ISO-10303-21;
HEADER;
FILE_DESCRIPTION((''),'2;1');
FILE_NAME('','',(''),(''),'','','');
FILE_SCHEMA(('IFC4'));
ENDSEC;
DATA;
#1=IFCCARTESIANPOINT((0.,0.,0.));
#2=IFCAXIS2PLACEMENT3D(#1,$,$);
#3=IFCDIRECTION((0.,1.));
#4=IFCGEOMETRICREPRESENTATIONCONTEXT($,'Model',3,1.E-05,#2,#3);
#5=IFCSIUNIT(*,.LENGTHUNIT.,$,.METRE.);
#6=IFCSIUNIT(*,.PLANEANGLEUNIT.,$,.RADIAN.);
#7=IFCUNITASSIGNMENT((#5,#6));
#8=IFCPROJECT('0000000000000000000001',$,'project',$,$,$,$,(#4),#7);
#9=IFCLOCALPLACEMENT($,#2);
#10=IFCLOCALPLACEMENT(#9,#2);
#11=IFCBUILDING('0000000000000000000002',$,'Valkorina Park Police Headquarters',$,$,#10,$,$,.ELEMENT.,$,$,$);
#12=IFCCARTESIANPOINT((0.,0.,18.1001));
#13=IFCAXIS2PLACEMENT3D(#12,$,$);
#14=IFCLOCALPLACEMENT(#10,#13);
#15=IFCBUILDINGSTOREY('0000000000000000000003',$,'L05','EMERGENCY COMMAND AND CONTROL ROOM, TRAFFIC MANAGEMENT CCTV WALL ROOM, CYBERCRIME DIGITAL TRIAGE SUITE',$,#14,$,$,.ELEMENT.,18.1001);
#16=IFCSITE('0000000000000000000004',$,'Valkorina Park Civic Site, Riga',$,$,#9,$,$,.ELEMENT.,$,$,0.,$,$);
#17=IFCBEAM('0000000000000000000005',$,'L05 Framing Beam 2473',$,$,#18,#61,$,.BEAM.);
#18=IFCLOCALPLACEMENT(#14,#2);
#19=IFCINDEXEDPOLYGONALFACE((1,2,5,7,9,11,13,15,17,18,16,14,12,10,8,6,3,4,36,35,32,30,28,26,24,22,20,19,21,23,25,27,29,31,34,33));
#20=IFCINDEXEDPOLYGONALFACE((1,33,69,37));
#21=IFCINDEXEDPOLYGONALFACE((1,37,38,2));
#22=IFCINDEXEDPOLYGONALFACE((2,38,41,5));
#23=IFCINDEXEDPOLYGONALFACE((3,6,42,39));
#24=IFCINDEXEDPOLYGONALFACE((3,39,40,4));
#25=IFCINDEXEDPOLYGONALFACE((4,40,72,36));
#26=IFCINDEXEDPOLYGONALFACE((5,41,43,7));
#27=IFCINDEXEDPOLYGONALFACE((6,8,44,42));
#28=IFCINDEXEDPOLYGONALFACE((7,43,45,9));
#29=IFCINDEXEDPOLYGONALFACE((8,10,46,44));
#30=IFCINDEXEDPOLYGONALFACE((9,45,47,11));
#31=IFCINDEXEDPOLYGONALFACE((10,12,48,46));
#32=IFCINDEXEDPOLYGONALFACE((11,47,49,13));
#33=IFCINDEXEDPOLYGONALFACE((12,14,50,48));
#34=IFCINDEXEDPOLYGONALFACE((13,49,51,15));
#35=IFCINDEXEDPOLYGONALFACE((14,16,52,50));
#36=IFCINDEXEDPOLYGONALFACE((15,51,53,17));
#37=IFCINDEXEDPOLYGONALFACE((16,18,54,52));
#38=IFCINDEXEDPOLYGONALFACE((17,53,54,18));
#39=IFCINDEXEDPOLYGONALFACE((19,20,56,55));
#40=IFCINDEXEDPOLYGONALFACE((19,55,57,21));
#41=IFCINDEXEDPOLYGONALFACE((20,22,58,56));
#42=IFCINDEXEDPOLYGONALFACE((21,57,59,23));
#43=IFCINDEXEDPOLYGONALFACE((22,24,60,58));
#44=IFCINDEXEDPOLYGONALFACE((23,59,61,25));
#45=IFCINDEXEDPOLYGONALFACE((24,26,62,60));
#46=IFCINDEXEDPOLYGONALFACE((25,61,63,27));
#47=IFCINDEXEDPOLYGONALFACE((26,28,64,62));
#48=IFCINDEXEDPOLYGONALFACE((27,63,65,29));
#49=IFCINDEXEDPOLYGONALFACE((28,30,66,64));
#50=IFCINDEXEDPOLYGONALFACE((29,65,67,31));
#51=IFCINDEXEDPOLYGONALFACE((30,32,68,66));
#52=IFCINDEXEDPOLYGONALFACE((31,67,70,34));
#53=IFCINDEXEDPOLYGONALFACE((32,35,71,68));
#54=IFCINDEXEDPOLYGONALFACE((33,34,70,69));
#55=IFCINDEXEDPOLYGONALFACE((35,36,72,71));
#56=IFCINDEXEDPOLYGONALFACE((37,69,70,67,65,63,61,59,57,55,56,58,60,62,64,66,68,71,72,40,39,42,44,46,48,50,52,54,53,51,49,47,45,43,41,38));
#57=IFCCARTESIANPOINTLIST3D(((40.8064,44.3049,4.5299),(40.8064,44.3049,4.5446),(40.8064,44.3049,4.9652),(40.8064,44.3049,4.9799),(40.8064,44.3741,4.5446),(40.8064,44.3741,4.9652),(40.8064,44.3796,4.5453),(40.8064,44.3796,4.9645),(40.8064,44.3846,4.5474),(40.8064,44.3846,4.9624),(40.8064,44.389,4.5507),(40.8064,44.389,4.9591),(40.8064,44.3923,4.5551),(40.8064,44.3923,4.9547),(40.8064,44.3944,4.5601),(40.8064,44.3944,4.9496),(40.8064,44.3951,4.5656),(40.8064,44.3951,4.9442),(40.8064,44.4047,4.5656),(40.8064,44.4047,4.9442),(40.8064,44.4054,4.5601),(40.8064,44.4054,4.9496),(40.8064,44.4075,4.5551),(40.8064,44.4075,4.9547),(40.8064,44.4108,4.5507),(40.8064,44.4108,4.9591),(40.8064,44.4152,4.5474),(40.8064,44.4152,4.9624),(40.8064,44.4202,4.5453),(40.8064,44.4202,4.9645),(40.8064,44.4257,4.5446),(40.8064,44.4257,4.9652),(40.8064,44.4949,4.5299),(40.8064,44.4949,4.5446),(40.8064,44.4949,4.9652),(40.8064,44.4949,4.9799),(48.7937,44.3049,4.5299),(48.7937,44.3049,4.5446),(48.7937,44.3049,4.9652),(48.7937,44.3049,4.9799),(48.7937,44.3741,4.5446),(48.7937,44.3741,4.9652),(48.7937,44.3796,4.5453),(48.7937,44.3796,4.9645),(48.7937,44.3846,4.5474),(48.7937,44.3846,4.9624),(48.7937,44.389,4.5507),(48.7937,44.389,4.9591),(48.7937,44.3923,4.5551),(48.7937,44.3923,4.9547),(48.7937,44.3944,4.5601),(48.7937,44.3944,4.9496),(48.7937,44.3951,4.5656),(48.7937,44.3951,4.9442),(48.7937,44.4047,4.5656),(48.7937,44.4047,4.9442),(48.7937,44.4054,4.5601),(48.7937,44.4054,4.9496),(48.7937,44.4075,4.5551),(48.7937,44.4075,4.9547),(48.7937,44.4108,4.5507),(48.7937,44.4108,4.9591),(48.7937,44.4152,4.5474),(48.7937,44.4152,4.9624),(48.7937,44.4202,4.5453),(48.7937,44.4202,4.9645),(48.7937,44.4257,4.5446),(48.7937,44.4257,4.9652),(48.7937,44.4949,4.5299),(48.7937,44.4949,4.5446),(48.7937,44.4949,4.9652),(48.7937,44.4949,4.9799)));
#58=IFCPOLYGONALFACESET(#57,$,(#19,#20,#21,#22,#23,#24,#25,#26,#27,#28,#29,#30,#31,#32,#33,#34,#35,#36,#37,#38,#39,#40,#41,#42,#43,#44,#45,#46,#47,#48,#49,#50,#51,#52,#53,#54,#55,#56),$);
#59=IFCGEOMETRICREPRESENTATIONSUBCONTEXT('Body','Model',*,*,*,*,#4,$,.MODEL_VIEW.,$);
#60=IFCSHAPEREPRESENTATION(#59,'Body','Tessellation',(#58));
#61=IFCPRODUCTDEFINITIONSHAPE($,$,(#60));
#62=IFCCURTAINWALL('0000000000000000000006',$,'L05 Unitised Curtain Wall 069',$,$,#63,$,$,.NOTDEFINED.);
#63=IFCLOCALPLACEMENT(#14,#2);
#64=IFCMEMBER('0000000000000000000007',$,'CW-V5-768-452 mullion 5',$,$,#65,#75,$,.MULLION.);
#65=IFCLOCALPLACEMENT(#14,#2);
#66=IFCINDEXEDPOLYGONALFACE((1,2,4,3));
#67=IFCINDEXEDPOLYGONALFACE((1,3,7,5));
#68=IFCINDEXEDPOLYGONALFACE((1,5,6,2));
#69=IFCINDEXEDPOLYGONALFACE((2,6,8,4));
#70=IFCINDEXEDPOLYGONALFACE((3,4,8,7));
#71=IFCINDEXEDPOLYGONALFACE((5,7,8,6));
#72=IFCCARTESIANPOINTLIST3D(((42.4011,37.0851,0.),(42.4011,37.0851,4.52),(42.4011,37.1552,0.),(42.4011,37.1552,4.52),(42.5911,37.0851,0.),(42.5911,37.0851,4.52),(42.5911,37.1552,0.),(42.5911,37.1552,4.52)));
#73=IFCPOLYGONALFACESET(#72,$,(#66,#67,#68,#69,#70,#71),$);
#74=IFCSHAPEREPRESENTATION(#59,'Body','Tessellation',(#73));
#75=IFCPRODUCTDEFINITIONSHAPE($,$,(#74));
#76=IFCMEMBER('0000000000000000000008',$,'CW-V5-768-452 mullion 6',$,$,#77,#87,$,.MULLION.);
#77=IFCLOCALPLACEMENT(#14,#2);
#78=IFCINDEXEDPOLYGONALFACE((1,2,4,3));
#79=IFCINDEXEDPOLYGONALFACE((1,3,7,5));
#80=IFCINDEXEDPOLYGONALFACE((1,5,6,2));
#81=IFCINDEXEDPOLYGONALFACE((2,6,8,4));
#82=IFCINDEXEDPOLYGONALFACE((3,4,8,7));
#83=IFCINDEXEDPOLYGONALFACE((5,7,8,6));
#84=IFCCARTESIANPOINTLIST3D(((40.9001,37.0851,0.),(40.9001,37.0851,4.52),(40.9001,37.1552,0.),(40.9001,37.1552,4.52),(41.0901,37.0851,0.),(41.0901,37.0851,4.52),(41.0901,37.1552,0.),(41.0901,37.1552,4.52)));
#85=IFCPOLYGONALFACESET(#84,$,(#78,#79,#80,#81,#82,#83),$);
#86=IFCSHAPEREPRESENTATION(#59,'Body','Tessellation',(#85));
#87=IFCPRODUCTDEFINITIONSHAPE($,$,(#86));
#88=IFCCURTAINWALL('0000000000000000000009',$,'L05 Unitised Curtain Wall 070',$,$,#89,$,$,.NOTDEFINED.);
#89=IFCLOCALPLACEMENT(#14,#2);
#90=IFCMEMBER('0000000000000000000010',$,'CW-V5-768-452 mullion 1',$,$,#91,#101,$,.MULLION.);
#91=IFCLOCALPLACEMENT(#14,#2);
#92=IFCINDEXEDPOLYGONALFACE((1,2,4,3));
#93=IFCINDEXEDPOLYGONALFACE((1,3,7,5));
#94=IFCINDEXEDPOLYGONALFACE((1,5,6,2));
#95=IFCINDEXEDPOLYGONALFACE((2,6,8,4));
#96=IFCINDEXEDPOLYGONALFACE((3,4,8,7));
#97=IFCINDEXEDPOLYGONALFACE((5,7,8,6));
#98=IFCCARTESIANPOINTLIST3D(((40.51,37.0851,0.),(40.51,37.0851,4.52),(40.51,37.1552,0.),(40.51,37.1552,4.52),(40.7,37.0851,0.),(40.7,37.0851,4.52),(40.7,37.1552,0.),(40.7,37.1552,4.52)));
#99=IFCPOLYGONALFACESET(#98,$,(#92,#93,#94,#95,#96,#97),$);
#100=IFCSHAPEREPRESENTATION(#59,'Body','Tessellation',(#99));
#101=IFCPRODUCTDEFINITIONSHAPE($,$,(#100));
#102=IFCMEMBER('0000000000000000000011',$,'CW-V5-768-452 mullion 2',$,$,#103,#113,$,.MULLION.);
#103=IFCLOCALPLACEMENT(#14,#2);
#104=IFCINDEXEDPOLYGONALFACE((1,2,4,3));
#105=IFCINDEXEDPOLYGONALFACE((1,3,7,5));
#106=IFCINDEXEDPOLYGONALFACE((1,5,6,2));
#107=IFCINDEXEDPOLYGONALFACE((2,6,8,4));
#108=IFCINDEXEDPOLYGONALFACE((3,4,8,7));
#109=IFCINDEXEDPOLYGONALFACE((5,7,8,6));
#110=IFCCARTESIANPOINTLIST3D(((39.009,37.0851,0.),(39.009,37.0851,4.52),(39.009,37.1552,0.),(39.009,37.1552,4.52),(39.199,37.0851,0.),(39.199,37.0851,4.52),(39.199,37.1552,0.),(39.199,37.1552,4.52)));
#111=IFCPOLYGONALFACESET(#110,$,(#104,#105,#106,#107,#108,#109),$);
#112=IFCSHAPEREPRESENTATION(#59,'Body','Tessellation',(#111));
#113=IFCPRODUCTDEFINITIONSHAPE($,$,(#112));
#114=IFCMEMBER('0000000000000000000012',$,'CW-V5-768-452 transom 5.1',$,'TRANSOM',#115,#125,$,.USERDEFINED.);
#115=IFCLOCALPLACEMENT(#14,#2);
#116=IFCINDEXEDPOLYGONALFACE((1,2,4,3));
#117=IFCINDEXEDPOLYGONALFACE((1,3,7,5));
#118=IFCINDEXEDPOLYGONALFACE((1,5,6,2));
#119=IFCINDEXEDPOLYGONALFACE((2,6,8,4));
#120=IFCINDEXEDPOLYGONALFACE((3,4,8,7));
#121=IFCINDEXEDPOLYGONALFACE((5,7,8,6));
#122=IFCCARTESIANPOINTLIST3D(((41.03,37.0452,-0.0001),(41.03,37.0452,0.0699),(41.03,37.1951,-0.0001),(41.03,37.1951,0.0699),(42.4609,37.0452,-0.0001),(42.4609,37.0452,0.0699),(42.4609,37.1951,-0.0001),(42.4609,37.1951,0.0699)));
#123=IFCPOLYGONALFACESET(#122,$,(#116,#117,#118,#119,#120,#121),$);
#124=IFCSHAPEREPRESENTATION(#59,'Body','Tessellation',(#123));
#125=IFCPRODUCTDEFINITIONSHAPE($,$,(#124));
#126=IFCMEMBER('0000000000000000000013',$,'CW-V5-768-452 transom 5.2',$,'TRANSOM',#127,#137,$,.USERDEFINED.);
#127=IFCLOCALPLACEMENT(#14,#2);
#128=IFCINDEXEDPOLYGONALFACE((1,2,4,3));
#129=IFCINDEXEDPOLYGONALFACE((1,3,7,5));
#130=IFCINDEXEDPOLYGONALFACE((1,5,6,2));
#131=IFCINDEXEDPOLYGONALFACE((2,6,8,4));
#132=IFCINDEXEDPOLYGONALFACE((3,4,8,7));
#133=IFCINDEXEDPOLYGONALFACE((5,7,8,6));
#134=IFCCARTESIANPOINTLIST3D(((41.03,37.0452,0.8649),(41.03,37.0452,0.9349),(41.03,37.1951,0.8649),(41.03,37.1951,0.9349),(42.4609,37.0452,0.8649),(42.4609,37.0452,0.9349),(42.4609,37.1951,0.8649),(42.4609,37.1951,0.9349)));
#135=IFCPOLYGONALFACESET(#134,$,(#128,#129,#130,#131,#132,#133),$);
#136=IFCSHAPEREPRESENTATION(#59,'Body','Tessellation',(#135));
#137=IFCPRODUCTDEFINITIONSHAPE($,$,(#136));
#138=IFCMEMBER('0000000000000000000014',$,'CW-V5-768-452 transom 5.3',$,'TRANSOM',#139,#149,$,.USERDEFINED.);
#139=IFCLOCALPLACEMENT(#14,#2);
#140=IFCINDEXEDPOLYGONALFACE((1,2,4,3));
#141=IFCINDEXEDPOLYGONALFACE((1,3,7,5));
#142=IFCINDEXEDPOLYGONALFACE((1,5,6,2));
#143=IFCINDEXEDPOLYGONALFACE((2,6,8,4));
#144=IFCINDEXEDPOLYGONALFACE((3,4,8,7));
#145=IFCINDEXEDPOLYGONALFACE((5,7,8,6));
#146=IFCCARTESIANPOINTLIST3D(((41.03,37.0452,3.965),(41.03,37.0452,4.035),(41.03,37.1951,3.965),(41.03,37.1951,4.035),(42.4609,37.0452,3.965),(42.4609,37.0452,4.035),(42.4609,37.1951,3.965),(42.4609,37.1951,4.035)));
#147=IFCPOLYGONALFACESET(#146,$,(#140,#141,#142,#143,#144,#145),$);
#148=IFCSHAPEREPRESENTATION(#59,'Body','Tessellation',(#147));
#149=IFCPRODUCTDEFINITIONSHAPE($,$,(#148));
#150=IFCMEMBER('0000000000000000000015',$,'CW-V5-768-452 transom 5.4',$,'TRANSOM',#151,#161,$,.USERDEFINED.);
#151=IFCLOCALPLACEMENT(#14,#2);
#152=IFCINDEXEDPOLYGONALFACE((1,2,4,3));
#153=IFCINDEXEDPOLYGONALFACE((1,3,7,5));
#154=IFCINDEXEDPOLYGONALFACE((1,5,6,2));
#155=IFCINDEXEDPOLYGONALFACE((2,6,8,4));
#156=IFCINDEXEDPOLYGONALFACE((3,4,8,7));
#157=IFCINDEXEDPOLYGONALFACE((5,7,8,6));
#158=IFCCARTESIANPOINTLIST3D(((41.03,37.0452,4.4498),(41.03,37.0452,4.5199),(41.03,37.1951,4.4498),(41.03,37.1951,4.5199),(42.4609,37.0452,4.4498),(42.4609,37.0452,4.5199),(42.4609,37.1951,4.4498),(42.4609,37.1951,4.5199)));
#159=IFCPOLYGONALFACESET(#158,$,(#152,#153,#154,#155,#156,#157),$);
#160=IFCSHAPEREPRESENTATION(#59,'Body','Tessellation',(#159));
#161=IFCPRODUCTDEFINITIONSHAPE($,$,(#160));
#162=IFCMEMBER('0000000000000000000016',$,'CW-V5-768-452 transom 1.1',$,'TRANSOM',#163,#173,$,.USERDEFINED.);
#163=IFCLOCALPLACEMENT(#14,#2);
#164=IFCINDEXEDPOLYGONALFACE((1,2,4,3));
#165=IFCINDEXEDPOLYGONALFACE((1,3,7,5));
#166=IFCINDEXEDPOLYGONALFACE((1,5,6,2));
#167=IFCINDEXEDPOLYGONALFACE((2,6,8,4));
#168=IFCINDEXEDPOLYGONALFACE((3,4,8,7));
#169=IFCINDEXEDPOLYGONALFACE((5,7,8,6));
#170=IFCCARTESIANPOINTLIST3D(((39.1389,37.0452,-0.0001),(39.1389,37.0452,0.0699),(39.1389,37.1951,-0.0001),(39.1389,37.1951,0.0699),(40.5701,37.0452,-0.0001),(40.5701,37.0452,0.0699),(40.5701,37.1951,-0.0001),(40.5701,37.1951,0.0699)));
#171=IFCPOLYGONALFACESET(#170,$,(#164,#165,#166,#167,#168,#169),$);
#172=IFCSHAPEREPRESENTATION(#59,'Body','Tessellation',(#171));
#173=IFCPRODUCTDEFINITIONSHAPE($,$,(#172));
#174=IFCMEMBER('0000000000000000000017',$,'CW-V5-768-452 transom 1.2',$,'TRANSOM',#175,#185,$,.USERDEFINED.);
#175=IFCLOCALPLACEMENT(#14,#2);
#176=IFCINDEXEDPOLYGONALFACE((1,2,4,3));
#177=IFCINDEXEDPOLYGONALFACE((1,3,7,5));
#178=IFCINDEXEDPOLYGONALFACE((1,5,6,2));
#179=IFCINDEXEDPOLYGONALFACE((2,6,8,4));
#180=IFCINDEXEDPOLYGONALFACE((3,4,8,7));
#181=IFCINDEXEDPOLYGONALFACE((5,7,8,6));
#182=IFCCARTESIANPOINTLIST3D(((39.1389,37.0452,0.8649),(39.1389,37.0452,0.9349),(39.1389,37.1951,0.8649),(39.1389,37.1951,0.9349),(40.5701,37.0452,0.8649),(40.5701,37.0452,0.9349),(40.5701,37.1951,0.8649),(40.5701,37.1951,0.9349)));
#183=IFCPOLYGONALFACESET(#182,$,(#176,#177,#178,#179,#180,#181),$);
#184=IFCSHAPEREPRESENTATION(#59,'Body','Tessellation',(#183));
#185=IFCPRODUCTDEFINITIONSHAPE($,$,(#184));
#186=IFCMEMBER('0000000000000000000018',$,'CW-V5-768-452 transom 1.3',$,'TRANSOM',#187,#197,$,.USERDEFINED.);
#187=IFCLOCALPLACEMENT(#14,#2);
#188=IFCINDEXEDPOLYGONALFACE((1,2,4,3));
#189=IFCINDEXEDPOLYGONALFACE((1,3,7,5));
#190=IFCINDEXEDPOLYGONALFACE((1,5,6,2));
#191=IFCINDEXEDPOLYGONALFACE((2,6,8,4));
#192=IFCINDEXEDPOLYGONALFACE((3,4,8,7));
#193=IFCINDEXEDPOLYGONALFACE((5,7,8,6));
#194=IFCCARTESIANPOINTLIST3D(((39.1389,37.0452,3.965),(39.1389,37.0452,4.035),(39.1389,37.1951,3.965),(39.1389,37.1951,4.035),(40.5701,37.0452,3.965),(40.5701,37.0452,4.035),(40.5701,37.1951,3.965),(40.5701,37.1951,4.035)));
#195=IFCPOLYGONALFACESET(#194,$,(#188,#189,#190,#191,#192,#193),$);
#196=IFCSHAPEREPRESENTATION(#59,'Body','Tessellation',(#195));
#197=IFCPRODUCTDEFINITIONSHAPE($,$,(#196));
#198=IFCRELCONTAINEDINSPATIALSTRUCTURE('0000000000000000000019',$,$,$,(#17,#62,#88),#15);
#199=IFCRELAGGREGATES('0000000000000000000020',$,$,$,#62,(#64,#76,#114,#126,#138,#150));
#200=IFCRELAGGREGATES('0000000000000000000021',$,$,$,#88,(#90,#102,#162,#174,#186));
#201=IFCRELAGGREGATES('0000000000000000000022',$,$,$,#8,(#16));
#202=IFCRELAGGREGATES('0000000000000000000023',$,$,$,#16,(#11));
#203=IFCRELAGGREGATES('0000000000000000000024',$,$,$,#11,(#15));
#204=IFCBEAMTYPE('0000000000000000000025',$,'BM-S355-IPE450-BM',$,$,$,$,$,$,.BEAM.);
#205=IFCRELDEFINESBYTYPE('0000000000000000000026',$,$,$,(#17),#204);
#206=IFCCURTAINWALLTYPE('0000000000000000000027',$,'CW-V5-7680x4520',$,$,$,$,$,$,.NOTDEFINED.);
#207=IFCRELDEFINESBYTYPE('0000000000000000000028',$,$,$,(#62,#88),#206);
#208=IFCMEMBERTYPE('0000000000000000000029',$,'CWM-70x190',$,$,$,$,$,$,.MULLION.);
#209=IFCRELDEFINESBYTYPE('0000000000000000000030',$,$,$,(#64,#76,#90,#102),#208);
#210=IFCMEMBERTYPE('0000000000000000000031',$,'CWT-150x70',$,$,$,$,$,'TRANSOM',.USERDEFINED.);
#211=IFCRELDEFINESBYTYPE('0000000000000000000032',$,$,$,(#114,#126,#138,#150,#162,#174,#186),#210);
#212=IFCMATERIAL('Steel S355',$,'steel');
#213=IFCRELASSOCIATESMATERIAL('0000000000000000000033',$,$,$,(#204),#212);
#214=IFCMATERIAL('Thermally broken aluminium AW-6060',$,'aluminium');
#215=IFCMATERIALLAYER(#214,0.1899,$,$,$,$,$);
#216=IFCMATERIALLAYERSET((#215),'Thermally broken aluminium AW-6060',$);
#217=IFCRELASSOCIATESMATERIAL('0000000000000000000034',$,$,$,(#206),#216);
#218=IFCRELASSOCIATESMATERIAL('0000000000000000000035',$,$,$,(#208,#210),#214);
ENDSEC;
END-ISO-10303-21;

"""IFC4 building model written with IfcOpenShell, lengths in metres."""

from ifc_helpers import new_model, si_unit, direction, frame, origin, origin_2d, place, context, subcontext, project, spatial, rectangle, i_section, extrude, material, layer, layer_set, material_profile, profile_set, type_object, element, aggregate, save


model = new_model("IFC4")

# Units and contexts
model_context = context("Model", 3, precision=1e-05, world=origin(), true_north=direction((0.0, 1.0)))
body_context = subcontext(model_context, "Body", "Model", "MODEL_VIEW")
ifc_project = project(units=[si_unit("LENGTHUNIT", "METRE"), si_unit("PLANEANGLEUNIT", "RADIAN")], contexts=[model_context])

# Site, building, storey
site_placement = place(None, origin())
site = spatial("IfcSite", under=ifc_project, at=site_placement, Name="Valkorina Park Civic Site, Riga", CompositionType="ELEMENT", RefElevation=0.0)
building_placement = place(site_placement, origin())
building = spatial("IfcBuilding", under=site, at=building_placement, Name="Valkorina Park Police Headquarters", CompositionType="ELEMENT")
storey_placement = place(building_placement, frame((0.0, 0.0, 18.1001)))
storey = spatial("IfcBuildingStorey", under=building, at=storey_placement, Name="L05", Description="EMERGENCY COMMAND AND CONTROL ROOM, TRAFFIC MANAGEMENT CCTV WALL ROOM, CYBERCRIME DIGITAL TRIAGE SUITE", CompositionType="ELEMENT", Elevation=18.1001)

# Shared definitions
ifc_material_1 = material(Name="Steel S355", Category="steel")

# Beam
ifc_material_profile_1 = material_profile(ifc_material_1, i_section(OverallWidth=0.1899, OverallDepth=0.45, WebThickness=0.0095, FlangeThickness=0.0146, FilletRadius=0.021, at=origin_2d()), Name="IPE 450")
ifc_profile_set_1 = profile_set([ifc_material_profile_1], Name="Steel S355")
beam_type_1 = type_object("IfcBeamType", Name="BM-S355-IPE450-BM", PredefinedType="BEAM", material=ifc_profile_set_1)
beam_1_placement = place(storey_placement, frame((40.8064, 44.3999, 4.7549), z_axis=(1.0, 0.0, 0.0), x_axis=(0.0, 1.0, 0.0)))
element("IfcBeam", 1, at=beam_1_placement, inside=storey, type_object=beam_type_1, Name="L05 Framing Beam 2473", PredefinedType="BEAM", context=body_context, shape_type="SweptSolid", body=[
    extrude(i_section(OverallWidth=0.1899, OverallDepth=0.45, WebThickness=0.0095, FlangeThickness=0.0146, FilletRadius=0.021, at=origin_2d()), origin(), (0.0, 0.0, 1.0), 7.9873),
])

# Curtain walls, members
ifc_material_2 = material(Name="Thermally broken aluminium AW-6060", Category="aluminium")
ifc_layer_1 = layer(ifc_material_2, 0.1899)
ifc_layer_set_1 = layer_set([ifc_layer_1], Name="Thermally broken aluminium AW-6060")
curtain_wall_type = type_object("IfcCurtainWallType", Name="CW-V5-7680x4520", PredefinedType="NOTDEFINED", material=ifc_layer_set_1)
curtain_wall_1_placement = place(storey_placement, origin())
curtain_wall_1 = element("IfcCurtainWall", 2, at=curtain_wall_1_placement, inside=storey, type_object=curtain_wall_type, Name="L05 Unitised Curtain Wall 069", PredefinedType="NOTDEFINED")
ifc_material_profile_2 = material_profile(ifc_material_2, rectangle(XDim=0.0701, YDim=0.1899, at=origin_2d()), Name="CWM-02 70x190")
ifc_profile_set_2 = profile_set([ifc_material_profile_2], Name="Thermally broken aluminium AW-6060")
member_type_1 = type_object("IfcMemberType", Name="CWM-70x190", PredefinedType="MULLION", material=ifc_profile_set_2)
member_1_placement = place(storey_placement, frame((42.4961, 37.1201, 0.0), z_axis=(0.0, 0.0, 1.0), x_axis=(0.0, -1.0, 0.0)))
member_1 = element("IfcMember", 3, at=member_1_placement, type_object=member_type_1, Name="CW-V5-768-452 mullion 5", PredefinedType="MULLION", context=body_context, shape_type="SweptSolid", body=[
    extrude(rectangle(XDim=0.0701, YDim=0.1899, at=origin_2d()), origin(), (0.0, 0.0, 1.0), 4.52),
])
member_2_placement = place(storey_placement, frame((40.9951, 37.1201, 0.0), z_axis=(0.0, 0.0, 1.0), x_axis=(0.0, -1.0, 0.0)))
member_2 = element("IfcMember", 4, at=member_2_placement, type_object=member_type_1, Name="CW-V5-768-452 mullion 6", PredefinedType="MULLION", context=body_context, shape_type="SweptSolid", body=[
    extrude(rectangle(XDim=0.0701, YDim=0.1899, at=origin_2d()), origin(), (0.0, 0.0, 1.0), 4.52),
])
curtain_wall_2_placement = place(storey_placement, origin())
curtain_wall_2 = element("IfcCurtainWall", 5, at=curtain_wall_2_placement, inside=storey, type_object=curtain_wall_type, Name="L05 Unitised Curtain Wall 070", PredefinedType="NOTDEFINED")
member_3_placement = place(storey_placement, frame((40.605, 37.1201, 0.0), z_axis=(0.0, 0.0, 1.0), x_axis=(0.0, -1.0, 0.0)))
member_3 = element("IfcMember", 6, at=member_3_placement, type_object=member_type_1, Name="CW-V5-768-452 mullion 1", PredefinedType="MULLION", context=body_context, shape_type="SweptSolid", body=[
    extrude(rectangle(XDim=0.0701, YDim=0.1899, at=origin_2d()), origin(), (0.0, 0.0, 1.0), 4.52),
])
member_4_placement = place(storey_placement, frame((39.104, 37.1201, 0.0), z_axis=(0.0, 0.0, 1.0), x_axis=(0.0, -1.0, 0.0)))
member_4 = element("IfcMember", 7, at=member_4_placement, type_object=member_type_1, Name="CW-V5-768-452 mullion 2", PredefinedType="MULLION", context=body_context, shape_type="SweptSolid", body=[
    extrude(rectangle(XDim=0.0701, YDim=0.1899, at=origin_2d()), origin(), (0.0, 0.0, 1.0), 4.52),
])

# Members
ifc_material_profile_3 = material_profile(ifc_material_2, rectangle(XDim=0.1499, YDim=0.0701, at=origin_2d()), Name="CWT-02 150x70")
ifc_profile_set_3 = profile_set([ifc_material_profile_3], Name="Thermally broken aluminium AW-6060")
member_type_2 = type_object("IfcMemberType", Name="CWT-150x70", ElementType="TRANSOM", PredefinedType="USERDEFINED", material=ifc_profile_set_3)
member_5_placement = place(storey_placement, frame((42.4609, 37.1201, 0.0349), z_axis=(-1.0, 0.0, 0.0), x_axis=(0.0, -1.0, 0.0)))
member_5 = element("IfcMember", 8, at=member_5_placement, type_object=member_type_2, Name="CW-V5-768-452 transom 5.1", ObjectType="TRANSOM", PredefinedType="USERDEFINED", context=body_context, shape_type="SweptSolid", body=[
    extrude(rectangle(XDim=0.1499, YDim=0.0701, at=origin_2d()), origin(), (0.0, 0.0, 1.0), 1.4309),
])
member_6_placement = place(storey_placement, frame((42.4609, 37.1201, 0.8999), z_axis=(-1.0, 0.0, 0.0), x_axis=(0.0, -1.0, 0.0)))
member_6 = element("IfcMember", 9, at=member_6_placement, type_object=member_type_2, Name="CW-V5-768-452 transom 5.2", ObjectType="TRANSOM", PredefinedType="USERDEFINED", context=body_context, shape_type="SweptSolid", body=[
    extrude(rectangle(XDim=0.1499, YDim=0.0701, at=origin_2d()), origin(), (0.0, 0.0, 1.0), 1.4309),
])
member_7_placement = place(storey_placement, frame((42.4609, 37.1201, 4.0), z_axis=(-1.0, 0.0, 0.0), x_axis=(0.0, -1.0, 0.0)))
member_7 = element("IfcMember", 10, at=member_7_placement, type_object=member_type_2, Name="CW-V5-768-452 transom 5.3", ObjectType="TRANSOM", PredefinedType="USERDEFINED", context=body_context, shape_type="SweptSolid", body=[
    extrude(rectangle(XDim=0.1499, YDim=0.0701, at=origin_2d()), origin(), (0.0, 0.0, 1.0), 1.4309),
])
member_8_placement = place(storey_placement, frame((42.4609, 37.1201, 4.4849), z_axis=(-1.0, 0.0, 0.0), x_axis=(0.0, -1.0, 0.0)))
member_8 = element("IfcMember", 11, at=member_8_placement, type_object=member_type_2, Name="CW-V5-768-452 transom 5.4", ObjectType="TRANSOM", PredefinedType="USERDEFINED", context=body_context, shape_type="SweptSolid", body=[
    extrude(rectangle(XDim=0.1499, YDim=0.0701, at=origin_2d()), origin(), (0.0, 0.0, 1.0), 1.4309),
])
member_9_placement = place(storey_placement, frame((40.5701, 37.1201, 0.0349), z_axis=(-1.0, 0.0, 0.0), x_axis=(0.0, -1.0, 0.0)))
member_9 = element("IfcMember", 12, at=member_9_placement, type_object=member_type_2, Name="CW-V5-768-452 transom 1.1", ObjectType="TRANSOM", PredefinedType="USERDEFINED", context=body_context, shape_type="SweptSolid", body=[
    extrude(rectangle(XDim=0.1499, YDim=0.0701, at=origin_2d()), origin(), (0.0, 0.0, 1.0), 1.4312),
])
member_10_placement = place(storey_placement, frame((40.5701, 37.1201, 0.8999), z_axis=(-1.0, 0.0, 0.0), x_axis=(0.0, -1.0, 0.0)))
member_10 = element("IfcMember", 13, at=member_10_placement, type_object=member_type_2, Name="CW-V5-768-452 transom 1.2", ObjectType="TRANSOM", PredefinedType="USERDEFINED", context=body_context, shape_type="SweptSolid", body=[
    extrude(rectangle(XDim=0.1499, YDim=0.0701, at=origin_2d()), origin(), (0.0, 0.0, 1.0), 1.4312),
])
member_11_placement = place(storey_placement, frame((40.5701, 37.1201, 4.0), z_axis=(-1.0, 0.0, 0.0), x_axis=(0.0, -1.0, 0.0)))
member_11 = element("IfcMember", 14, at=member_11_placement, type_object=member_type_2, Name="CW-V5-768-452 transom 1.3", ObjectType="TRANSOM", PredefinedType="USERDEFINED", context=body_context, shape_type="SweptSolid", body=[
    extrude(rectangle(XDim=0.1499, YDim=0.0701, at=origin_2d()), origin(), (0.0, 0.0, 1.0), 1.4312),
])

aggregate(curtain_wall_1, [member_1, member_2, member_5, member_6, member_7, member_8])
aggregate(curtain_wall_2, [member_3, member_4, member_9, member_10, member_11])

save(model, "model.ifc")
